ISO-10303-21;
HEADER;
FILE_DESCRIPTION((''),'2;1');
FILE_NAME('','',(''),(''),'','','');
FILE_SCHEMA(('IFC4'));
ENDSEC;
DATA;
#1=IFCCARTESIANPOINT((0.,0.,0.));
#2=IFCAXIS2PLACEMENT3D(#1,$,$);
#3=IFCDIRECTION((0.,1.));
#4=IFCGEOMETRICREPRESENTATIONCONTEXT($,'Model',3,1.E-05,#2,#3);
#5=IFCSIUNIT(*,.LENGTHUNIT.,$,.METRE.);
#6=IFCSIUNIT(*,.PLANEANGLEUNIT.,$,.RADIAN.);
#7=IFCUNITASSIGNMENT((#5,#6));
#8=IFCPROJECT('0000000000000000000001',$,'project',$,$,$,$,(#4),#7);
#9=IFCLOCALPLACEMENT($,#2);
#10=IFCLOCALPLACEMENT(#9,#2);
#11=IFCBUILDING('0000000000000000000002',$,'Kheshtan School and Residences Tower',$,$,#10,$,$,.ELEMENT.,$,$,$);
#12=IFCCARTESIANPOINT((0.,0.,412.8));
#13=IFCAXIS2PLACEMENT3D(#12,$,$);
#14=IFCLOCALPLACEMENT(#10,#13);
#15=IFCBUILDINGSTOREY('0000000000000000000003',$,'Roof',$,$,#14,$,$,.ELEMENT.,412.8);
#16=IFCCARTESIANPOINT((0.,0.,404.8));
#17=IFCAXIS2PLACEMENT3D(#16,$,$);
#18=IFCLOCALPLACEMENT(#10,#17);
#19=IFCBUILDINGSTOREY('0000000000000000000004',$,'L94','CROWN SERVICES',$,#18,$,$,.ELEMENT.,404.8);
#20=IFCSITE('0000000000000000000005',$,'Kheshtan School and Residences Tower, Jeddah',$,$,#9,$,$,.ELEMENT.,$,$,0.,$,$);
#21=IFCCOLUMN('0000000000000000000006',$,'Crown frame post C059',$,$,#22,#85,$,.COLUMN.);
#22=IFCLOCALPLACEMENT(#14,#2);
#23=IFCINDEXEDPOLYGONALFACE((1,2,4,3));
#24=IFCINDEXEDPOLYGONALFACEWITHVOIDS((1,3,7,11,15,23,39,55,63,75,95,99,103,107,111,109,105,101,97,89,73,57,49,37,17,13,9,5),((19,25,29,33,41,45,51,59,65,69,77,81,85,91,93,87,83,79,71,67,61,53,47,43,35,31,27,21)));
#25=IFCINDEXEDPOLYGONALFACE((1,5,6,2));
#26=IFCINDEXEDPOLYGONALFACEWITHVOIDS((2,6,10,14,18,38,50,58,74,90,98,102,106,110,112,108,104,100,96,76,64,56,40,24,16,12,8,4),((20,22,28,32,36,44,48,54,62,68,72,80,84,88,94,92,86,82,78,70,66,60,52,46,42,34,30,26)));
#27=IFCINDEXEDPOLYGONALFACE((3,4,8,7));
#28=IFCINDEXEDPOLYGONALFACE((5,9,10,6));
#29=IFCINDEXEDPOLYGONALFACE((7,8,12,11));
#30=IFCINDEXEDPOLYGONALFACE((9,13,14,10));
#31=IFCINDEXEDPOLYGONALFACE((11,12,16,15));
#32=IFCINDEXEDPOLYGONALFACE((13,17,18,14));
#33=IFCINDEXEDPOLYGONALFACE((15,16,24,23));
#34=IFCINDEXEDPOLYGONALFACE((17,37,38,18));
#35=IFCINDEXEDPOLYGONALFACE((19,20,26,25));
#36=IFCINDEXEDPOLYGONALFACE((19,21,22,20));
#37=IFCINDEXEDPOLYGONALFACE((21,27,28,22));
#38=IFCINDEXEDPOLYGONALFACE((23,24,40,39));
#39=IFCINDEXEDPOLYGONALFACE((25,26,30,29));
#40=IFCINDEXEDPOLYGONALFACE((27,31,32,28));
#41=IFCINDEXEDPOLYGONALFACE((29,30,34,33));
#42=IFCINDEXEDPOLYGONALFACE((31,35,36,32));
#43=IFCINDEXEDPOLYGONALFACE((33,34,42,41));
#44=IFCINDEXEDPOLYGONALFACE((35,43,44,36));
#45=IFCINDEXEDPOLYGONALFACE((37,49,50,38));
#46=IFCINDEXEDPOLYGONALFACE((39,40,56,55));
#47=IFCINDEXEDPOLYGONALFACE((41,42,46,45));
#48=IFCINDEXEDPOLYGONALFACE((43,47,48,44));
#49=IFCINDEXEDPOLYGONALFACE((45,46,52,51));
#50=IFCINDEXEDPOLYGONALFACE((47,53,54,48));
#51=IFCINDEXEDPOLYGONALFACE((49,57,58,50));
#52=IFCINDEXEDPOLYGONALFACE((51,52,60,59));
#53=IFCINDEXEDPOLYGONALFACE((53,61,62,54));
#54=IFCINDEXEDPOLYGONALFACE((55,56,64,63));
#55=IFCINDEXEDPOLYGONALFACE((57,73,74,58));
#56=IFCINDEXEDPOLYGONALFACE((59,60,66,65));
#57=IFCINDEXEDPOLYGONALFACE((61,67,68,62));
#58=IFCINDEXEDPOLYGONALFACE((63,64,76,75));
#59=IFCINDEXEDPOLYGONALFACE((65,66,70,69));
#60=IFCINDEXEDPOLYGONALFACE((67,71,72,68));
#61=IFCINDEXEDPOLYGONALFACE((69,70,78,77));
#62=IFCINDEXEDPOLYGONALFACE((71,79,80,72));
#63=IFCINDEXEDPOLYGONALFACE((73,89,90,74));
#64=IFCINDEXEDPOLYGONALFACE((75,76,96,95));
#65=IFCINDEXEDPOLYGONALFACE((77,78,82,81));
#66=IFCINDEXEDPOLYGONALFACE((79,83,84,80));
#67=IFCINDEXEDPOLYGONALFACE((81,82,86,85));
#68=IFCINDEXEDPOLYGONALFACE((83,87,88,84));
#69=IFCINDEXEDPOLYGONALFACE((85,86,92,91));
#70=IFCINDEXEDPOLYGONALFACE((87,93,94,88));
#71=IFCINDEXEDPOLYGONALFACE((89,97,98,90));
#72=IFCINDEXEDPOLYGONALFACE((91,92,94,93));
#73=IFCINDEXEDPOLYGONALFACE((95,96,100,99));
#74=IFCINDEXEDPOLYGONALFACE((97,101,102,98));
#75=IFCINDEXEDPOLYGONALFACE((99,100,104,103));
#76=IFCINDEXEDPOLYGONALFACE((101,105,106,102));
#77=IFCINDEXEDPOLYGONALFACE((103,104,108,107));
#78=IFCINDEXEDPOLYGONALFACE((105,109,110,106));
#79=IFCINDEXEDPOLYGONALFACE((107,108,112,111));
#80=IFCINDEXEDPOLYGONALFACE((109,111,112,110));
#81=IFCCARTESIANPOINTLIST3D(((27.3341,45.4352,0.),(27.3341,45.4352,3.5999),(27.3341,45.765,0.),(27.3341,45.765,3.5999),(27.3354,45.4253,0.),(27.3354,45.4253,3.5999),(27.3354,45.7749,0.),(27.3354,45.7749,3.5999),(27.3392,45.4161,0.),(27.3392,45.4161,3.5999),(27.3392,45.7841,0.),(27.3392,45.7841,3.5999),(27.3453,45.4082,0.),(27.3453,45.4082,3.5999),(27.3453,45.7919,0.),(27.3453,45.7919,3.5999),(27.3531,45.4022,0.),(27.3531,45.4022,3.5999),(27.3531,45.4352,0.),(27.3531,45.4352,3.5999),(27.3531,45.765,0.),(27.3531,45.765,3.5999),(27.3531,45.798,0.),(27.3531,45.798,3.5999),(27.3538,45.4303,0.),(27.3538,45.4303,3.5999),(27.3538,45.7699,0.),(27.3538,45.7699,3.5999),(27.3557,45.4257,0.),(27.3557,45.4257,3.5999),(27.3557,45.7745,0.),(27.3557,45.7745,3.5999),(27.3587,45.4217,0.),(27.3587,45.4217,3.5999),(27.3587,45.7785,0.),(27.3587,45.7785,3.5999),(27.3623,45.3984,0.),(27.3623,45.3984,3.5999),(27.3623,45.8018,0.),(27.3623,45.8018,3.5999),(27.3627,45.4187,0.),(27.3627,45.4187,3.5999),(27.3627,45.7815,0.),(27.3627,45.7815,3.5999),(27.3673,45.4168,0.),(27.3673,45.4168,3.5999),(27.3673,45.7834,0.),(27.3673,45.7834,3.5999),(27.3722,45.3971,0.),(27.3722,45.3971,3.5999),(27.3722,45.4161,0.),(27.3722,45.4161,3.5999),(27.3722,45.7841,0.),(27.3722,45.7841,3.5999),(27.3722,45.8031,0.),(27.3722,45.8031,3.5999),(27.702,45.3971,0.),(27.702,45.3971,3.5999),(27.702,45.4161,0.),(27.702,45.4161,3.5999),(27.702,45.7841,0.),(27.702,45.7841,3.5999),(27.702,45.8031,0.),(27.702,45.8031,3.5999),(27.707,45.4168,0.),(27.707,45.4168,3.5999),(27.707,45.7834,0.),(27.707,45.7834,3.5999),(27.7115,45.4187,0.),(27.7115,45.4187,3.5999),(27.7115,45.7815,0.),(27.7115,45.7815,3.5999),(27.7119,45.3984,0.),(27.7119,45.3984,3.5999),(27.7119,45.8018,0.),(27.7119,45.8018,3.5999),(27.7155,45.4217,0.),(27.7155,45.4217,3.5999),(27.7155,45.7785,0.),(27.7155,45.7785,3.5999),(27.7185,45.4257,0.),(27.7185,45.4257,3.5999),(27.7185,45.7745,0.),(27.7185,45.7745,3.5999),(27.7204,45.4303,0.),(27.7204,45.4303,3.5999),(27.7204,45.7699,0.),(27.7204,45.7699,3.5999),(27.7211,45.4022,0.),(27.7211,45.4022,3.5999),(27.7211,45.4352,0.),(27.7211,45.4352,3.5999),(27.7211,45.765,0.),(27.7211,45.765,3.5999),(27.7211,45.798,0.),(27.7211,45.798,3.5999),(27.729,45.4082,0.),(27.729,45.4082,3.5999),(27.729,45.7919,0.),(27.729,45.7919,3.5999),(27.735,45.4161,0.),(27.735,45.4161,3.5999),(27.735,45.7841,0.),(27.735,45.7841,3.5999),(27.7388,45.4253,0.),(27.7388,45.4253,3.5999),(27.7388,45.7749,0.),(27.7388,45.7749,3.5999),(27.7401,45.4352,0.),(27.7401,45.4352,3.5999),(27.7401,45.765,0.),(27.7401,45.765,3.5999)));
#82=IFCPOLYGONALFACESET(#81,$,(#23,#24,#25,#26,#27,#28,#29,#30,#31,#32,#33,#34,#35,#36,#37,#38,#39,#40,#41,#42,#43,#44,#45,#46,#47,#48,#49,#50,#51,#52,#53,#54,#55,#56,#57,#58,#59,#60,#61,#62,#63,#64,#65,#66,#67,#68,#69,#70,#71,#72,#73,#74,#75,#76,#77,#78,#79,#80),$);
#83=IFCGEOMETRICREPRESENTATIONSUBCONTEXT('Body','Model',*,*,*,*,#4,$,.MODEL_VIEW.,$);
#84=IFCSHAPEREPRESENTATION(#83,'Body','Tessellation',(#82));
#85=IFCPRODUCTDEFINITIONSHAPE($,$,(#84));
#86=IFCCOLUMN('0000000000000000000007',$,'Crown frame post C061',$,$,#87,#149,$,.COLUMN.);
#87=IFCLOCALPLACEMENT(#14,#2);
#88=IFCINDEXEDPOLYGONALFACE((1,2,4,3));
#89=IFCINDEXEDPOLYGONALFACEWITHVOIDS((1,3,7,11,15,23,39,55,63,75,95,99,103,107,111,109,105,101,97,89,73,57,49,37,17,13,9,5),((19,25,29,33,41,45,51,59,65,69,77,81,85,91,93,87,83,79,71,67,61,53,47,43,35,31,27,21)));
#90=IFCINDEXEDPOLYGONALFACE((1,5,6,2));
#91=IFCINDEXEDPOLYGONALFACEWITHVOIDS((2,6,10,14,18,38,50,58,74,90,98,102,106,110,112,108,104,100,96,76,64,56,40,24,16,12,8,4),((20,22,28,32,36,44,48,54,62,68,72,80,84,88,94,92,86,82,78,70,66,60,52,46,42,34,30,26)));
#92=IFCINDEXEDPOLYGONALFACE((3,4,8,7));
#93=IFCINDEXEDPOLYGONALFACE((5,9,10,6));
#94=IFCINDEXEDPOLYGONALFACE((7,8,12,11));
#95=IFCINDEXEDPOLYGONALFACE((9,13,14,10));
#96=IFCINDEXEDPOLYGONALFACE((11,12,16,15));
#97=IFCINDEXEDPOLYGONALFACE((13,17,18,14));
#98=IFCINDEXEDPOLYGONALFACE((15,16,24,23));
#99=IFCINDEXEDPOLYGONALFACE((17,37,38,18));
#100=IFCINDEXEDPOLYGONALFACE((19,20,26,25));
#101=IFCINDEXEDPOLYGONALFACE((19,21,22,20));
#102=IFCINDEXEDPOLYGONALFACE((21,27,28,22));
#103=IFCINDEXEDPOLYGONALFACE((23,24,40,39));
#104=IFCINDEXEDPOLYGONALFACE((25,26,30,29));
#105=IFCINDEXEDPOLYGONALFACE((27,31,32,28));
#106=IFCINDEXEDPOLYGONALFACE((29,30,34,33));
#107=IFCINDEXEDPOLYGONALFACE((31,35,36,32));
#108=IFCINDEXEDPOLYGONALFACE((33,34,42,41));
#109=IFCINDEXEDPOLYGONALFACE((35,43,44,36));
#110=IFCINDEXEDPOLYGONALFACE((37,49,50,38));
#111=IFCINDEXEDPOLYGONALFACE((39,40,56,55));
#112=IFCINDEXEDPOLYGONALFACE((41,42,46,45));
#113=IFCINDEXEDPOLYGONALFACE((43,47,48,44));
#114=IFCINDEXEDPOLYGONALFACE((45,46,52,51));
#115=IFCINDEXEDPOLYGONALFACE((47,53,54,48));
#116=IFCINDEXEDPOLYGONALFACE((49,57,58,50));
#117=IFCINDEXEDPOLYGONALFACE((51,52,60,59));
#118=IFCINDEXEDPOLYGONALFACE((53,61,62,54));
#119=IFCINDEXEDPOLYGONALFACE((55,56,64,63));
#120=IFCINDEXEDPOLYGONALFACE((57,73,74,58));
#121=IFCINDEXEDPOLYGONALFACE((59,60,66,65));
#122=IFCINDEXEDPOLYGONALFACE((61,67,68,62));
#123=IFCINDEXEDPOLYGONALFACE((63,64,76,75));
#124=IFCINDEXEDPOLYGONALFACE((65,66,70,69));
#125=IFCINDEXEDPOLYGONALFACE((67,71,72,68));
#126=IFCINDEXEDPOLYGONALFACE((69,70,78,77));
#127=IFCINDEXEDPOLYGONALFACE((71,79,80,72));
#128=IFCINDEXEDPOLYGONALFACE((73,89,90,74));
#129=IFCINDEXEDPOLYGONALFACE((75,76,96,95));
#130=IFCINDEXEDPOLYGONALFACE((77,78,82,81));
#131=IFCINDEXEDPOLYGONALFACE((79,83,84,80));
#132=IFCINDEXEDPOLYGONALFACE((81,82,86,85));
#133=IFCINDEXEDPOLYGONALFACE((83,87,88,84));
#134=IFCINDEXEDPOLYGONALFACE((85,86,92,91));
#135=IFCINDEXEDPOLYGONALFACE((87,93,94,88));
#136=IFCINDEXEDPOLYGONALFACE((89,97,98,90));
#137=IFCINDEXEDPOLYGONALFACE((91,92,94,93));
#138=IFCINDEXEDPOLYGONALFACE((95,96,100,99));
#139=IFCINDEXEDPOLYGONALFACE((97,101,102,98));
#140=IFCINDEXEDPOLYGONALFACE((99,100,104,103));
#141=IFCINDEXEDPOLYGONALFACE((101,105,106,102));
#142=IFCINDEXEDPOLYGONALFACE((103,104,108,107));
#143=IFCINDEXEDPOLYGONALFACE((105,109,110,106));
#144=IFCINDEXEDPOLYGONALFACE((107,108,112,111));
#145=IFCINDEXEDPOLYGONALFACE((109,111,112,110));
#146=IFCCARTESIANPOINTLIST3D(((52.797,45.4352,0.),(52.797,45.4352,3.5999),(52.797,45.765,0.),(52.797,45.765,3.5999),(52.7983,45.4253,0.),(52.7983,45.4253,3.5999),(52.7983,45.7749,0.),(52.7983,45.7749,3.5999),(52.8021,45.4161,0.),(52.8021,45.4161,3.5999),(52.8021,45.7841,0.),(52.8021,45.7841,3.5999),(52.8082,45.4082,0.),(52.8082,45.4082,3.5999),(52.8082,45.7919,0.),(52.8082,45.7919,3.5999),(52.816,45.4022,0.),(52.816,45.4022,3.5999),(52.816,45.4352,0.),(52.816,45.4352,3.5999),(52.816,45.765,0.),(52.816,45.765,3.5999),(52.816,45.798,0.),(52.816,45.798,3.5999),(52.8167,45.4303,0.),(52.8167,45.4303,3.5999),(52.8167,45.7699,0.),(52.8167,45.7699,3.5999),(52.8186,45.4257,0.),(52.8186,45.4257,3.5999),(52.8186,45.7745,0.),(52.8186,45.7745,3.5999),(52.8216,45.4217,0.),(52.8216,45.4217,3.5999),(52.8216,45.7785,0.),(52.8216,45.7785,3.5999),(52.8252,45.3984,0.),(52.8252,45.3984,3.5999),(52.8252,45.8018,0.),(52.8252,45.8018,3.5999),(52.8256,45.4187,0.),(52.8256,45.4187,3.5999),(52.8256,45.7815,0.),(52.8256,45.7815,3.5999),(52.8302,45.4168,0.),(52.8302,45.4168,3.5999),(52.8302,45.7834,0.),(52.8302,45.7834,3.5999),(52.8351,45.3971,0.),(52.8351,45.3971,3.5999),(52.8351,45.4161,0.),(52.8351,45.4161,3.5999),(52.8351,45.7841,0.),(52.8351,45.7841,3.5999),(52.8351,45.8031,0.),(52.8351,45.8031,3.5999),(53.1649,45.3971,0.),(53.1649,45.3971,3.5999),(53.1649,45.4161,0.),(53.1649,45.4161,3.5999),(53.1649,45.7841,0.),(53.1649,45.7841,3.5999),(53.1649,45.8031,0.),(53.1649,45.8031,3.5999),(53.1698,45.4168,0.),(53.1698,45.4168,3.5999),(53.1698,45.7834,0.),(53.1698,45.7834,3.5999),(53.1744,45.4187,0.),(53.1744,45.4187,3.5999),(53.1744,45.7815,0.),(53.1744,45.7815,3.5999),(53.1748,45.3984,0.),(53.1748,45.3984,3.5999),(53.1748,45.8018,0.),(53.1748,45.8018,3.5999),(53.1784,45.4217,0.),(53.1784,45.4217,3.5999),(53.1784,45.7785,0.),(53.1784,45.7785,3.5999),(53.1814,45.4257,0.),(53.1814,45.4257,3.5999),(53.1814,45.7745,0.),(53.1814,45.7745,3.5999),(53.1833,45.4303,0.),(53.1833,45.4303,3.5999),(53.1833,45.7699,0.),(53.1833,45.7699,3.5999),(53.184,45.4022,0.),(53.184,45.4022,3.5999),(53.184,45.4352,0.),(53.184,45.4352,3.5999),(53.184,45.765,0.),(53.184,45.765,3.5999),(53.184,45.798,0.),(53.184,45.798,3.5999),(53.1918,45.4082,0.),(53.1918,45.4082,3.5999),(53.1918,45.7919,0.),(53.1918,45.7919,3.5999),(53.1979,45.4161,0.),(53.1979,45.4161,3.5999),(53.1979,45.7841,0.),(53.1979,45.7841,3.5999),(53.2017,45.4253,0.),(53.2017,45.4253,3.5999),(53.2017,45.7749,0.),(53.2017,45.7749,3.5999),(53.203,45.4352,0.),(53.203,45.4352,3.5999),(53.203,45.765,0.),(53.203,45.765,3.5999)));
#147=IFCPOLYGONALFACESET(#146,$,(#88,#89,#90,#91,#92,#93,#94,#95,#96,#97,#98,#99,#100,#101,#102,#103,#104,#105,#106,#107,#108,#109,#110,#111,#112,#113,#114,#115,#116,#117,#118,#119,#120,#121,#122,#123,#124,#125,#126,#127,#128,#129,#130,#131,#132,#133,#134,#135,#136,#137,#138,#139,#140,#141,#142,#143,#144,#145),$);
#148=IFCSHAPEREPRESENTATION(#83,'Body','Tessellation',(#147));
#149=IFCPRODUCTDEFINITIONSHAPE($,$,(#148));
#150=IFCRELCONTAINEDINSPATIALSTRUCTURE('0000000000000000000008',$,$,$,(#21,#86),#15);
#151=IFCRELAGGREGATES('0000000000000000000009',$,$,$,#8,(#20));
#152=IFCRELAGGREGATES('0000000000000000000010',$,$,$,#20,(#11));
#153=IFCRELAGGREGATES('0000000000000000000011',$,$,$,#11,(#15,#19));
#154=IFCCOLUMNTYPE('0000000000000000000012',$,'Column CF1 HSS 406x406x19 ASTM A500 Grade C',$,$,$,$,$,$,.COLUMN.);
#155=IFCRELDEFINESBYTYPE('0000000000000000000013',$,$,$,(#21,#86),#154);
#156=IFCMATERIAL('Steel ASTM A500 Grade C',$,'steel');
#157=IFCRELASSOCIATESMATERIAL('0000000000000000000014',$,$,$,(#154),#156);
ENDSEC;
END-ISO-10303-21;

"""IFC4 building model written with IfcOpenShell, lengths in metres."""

from ifc_helpers import new_model, si_unit, direction, frame, origin, origin_2d, place, context, subcontext, project, spatial, hollow_rectangle, extrude, material, material_profile, profile_set, type_object, element, save


model = new_model("IFC4")

# Units and contexts
model_context = context("Model", 3, precision=1e-05, world=origin(), true_north=direction((0.0, 1.0)))
body_context = subcontext(model_context, "Body", "Model", "MODEL_VIEW")
ifc_project = project(units=[si_unit("LENGTHUNIT", "METRE"), si_unit("PLANEANGLEUNIT", "RADIAN")], contexts=[model_context])

# Site, building, storey
site_placement = place(None, origin())
site = spatial("IfcSite", under=ifc_project, at=site_placement, Name="Kheshtan School and Residences Tower, Jeddah", CompositionType="ELEMENT", RefElevation=0.0)
building_placement = place(site_placement, origin())
building = spatial("IfcBuilding", under=site, at=building_placement, Name="Kheshtan School and Residences Tower", CompositionType="ELEMENT")
storey_1_placement = place(building_placement, frame((0.0, 0.0, 412.8)))
storey_1 = spatial("IfcBuildingStorey", under=building, at=storey_1_placement, Name="Roof", CompositionType="ELEMENT", Elevation=412.8)

# Columns
ifc_material_1 = material(Name="Steel ASTM A500 Grade C", Category="steel")
ifc_material_profile = material_profile(ifc_material_1, hollow_rectangle(XDim=0.406, YDim=0.406, WallThickness=0.019, InnerFilletRadius=0.019, OuterFilletRadius=0.0381, at=origin_2d()), Name="HSS 406x406x19")
ifc_profile_set = profile_set([ifc_material_profile], Name="Steel ASTM A500 Grade C")
column_type = type_object("IfcColumnType", Name="Column CF1 HSS 406x406x19 ASTM A500 Grade C", PredefinedType="COLUMN", material=ifc_profile_set)
for number, where, z_axis, x_axis, name in (
    (1, (27.5371, 45.6001, 0.0), (0.0, 0.0, 1.0), (1.0, 0.0, 0.0), "Crown frame post C059"),
    (2, (53.0, 45.6001, 0.0), (0.0, 0.0, 1.0), (1.0, 0.0, 0.0), "Crown frame post C061"),
):
    element("IfcColumn", number, at=place(storey_1_placement, frame(where, z_axis=z_axis, x_axis=x_axis)), inside=storey_1, type_object=column_type, Name=name, PredefinedType="COLUMN", context=body_context, shape_type="SweptSolid", body=[
        extrude(hollow_rectangle(XDim=0.406, YDim=0.406, WallThickness=0.019, InnerFilletRadius=0.019, OuterFilletRadius=0.0381, at=origin_2d()), origin(), (0.0, 0.0, 1.0), 3.5999),
    ])

# Shared definitions
storey_2_placement = place(building_placement, frame((0.0, 0.0, 404.8)))
storey_2 = spatial("IfcBuildingStorey", under=building, at=storey_2_placement, Name="L94", Description="CROWN SERVICES", CompositionType="ELEMENT", Elevation=404.8)

save(model, "model.ifc")
